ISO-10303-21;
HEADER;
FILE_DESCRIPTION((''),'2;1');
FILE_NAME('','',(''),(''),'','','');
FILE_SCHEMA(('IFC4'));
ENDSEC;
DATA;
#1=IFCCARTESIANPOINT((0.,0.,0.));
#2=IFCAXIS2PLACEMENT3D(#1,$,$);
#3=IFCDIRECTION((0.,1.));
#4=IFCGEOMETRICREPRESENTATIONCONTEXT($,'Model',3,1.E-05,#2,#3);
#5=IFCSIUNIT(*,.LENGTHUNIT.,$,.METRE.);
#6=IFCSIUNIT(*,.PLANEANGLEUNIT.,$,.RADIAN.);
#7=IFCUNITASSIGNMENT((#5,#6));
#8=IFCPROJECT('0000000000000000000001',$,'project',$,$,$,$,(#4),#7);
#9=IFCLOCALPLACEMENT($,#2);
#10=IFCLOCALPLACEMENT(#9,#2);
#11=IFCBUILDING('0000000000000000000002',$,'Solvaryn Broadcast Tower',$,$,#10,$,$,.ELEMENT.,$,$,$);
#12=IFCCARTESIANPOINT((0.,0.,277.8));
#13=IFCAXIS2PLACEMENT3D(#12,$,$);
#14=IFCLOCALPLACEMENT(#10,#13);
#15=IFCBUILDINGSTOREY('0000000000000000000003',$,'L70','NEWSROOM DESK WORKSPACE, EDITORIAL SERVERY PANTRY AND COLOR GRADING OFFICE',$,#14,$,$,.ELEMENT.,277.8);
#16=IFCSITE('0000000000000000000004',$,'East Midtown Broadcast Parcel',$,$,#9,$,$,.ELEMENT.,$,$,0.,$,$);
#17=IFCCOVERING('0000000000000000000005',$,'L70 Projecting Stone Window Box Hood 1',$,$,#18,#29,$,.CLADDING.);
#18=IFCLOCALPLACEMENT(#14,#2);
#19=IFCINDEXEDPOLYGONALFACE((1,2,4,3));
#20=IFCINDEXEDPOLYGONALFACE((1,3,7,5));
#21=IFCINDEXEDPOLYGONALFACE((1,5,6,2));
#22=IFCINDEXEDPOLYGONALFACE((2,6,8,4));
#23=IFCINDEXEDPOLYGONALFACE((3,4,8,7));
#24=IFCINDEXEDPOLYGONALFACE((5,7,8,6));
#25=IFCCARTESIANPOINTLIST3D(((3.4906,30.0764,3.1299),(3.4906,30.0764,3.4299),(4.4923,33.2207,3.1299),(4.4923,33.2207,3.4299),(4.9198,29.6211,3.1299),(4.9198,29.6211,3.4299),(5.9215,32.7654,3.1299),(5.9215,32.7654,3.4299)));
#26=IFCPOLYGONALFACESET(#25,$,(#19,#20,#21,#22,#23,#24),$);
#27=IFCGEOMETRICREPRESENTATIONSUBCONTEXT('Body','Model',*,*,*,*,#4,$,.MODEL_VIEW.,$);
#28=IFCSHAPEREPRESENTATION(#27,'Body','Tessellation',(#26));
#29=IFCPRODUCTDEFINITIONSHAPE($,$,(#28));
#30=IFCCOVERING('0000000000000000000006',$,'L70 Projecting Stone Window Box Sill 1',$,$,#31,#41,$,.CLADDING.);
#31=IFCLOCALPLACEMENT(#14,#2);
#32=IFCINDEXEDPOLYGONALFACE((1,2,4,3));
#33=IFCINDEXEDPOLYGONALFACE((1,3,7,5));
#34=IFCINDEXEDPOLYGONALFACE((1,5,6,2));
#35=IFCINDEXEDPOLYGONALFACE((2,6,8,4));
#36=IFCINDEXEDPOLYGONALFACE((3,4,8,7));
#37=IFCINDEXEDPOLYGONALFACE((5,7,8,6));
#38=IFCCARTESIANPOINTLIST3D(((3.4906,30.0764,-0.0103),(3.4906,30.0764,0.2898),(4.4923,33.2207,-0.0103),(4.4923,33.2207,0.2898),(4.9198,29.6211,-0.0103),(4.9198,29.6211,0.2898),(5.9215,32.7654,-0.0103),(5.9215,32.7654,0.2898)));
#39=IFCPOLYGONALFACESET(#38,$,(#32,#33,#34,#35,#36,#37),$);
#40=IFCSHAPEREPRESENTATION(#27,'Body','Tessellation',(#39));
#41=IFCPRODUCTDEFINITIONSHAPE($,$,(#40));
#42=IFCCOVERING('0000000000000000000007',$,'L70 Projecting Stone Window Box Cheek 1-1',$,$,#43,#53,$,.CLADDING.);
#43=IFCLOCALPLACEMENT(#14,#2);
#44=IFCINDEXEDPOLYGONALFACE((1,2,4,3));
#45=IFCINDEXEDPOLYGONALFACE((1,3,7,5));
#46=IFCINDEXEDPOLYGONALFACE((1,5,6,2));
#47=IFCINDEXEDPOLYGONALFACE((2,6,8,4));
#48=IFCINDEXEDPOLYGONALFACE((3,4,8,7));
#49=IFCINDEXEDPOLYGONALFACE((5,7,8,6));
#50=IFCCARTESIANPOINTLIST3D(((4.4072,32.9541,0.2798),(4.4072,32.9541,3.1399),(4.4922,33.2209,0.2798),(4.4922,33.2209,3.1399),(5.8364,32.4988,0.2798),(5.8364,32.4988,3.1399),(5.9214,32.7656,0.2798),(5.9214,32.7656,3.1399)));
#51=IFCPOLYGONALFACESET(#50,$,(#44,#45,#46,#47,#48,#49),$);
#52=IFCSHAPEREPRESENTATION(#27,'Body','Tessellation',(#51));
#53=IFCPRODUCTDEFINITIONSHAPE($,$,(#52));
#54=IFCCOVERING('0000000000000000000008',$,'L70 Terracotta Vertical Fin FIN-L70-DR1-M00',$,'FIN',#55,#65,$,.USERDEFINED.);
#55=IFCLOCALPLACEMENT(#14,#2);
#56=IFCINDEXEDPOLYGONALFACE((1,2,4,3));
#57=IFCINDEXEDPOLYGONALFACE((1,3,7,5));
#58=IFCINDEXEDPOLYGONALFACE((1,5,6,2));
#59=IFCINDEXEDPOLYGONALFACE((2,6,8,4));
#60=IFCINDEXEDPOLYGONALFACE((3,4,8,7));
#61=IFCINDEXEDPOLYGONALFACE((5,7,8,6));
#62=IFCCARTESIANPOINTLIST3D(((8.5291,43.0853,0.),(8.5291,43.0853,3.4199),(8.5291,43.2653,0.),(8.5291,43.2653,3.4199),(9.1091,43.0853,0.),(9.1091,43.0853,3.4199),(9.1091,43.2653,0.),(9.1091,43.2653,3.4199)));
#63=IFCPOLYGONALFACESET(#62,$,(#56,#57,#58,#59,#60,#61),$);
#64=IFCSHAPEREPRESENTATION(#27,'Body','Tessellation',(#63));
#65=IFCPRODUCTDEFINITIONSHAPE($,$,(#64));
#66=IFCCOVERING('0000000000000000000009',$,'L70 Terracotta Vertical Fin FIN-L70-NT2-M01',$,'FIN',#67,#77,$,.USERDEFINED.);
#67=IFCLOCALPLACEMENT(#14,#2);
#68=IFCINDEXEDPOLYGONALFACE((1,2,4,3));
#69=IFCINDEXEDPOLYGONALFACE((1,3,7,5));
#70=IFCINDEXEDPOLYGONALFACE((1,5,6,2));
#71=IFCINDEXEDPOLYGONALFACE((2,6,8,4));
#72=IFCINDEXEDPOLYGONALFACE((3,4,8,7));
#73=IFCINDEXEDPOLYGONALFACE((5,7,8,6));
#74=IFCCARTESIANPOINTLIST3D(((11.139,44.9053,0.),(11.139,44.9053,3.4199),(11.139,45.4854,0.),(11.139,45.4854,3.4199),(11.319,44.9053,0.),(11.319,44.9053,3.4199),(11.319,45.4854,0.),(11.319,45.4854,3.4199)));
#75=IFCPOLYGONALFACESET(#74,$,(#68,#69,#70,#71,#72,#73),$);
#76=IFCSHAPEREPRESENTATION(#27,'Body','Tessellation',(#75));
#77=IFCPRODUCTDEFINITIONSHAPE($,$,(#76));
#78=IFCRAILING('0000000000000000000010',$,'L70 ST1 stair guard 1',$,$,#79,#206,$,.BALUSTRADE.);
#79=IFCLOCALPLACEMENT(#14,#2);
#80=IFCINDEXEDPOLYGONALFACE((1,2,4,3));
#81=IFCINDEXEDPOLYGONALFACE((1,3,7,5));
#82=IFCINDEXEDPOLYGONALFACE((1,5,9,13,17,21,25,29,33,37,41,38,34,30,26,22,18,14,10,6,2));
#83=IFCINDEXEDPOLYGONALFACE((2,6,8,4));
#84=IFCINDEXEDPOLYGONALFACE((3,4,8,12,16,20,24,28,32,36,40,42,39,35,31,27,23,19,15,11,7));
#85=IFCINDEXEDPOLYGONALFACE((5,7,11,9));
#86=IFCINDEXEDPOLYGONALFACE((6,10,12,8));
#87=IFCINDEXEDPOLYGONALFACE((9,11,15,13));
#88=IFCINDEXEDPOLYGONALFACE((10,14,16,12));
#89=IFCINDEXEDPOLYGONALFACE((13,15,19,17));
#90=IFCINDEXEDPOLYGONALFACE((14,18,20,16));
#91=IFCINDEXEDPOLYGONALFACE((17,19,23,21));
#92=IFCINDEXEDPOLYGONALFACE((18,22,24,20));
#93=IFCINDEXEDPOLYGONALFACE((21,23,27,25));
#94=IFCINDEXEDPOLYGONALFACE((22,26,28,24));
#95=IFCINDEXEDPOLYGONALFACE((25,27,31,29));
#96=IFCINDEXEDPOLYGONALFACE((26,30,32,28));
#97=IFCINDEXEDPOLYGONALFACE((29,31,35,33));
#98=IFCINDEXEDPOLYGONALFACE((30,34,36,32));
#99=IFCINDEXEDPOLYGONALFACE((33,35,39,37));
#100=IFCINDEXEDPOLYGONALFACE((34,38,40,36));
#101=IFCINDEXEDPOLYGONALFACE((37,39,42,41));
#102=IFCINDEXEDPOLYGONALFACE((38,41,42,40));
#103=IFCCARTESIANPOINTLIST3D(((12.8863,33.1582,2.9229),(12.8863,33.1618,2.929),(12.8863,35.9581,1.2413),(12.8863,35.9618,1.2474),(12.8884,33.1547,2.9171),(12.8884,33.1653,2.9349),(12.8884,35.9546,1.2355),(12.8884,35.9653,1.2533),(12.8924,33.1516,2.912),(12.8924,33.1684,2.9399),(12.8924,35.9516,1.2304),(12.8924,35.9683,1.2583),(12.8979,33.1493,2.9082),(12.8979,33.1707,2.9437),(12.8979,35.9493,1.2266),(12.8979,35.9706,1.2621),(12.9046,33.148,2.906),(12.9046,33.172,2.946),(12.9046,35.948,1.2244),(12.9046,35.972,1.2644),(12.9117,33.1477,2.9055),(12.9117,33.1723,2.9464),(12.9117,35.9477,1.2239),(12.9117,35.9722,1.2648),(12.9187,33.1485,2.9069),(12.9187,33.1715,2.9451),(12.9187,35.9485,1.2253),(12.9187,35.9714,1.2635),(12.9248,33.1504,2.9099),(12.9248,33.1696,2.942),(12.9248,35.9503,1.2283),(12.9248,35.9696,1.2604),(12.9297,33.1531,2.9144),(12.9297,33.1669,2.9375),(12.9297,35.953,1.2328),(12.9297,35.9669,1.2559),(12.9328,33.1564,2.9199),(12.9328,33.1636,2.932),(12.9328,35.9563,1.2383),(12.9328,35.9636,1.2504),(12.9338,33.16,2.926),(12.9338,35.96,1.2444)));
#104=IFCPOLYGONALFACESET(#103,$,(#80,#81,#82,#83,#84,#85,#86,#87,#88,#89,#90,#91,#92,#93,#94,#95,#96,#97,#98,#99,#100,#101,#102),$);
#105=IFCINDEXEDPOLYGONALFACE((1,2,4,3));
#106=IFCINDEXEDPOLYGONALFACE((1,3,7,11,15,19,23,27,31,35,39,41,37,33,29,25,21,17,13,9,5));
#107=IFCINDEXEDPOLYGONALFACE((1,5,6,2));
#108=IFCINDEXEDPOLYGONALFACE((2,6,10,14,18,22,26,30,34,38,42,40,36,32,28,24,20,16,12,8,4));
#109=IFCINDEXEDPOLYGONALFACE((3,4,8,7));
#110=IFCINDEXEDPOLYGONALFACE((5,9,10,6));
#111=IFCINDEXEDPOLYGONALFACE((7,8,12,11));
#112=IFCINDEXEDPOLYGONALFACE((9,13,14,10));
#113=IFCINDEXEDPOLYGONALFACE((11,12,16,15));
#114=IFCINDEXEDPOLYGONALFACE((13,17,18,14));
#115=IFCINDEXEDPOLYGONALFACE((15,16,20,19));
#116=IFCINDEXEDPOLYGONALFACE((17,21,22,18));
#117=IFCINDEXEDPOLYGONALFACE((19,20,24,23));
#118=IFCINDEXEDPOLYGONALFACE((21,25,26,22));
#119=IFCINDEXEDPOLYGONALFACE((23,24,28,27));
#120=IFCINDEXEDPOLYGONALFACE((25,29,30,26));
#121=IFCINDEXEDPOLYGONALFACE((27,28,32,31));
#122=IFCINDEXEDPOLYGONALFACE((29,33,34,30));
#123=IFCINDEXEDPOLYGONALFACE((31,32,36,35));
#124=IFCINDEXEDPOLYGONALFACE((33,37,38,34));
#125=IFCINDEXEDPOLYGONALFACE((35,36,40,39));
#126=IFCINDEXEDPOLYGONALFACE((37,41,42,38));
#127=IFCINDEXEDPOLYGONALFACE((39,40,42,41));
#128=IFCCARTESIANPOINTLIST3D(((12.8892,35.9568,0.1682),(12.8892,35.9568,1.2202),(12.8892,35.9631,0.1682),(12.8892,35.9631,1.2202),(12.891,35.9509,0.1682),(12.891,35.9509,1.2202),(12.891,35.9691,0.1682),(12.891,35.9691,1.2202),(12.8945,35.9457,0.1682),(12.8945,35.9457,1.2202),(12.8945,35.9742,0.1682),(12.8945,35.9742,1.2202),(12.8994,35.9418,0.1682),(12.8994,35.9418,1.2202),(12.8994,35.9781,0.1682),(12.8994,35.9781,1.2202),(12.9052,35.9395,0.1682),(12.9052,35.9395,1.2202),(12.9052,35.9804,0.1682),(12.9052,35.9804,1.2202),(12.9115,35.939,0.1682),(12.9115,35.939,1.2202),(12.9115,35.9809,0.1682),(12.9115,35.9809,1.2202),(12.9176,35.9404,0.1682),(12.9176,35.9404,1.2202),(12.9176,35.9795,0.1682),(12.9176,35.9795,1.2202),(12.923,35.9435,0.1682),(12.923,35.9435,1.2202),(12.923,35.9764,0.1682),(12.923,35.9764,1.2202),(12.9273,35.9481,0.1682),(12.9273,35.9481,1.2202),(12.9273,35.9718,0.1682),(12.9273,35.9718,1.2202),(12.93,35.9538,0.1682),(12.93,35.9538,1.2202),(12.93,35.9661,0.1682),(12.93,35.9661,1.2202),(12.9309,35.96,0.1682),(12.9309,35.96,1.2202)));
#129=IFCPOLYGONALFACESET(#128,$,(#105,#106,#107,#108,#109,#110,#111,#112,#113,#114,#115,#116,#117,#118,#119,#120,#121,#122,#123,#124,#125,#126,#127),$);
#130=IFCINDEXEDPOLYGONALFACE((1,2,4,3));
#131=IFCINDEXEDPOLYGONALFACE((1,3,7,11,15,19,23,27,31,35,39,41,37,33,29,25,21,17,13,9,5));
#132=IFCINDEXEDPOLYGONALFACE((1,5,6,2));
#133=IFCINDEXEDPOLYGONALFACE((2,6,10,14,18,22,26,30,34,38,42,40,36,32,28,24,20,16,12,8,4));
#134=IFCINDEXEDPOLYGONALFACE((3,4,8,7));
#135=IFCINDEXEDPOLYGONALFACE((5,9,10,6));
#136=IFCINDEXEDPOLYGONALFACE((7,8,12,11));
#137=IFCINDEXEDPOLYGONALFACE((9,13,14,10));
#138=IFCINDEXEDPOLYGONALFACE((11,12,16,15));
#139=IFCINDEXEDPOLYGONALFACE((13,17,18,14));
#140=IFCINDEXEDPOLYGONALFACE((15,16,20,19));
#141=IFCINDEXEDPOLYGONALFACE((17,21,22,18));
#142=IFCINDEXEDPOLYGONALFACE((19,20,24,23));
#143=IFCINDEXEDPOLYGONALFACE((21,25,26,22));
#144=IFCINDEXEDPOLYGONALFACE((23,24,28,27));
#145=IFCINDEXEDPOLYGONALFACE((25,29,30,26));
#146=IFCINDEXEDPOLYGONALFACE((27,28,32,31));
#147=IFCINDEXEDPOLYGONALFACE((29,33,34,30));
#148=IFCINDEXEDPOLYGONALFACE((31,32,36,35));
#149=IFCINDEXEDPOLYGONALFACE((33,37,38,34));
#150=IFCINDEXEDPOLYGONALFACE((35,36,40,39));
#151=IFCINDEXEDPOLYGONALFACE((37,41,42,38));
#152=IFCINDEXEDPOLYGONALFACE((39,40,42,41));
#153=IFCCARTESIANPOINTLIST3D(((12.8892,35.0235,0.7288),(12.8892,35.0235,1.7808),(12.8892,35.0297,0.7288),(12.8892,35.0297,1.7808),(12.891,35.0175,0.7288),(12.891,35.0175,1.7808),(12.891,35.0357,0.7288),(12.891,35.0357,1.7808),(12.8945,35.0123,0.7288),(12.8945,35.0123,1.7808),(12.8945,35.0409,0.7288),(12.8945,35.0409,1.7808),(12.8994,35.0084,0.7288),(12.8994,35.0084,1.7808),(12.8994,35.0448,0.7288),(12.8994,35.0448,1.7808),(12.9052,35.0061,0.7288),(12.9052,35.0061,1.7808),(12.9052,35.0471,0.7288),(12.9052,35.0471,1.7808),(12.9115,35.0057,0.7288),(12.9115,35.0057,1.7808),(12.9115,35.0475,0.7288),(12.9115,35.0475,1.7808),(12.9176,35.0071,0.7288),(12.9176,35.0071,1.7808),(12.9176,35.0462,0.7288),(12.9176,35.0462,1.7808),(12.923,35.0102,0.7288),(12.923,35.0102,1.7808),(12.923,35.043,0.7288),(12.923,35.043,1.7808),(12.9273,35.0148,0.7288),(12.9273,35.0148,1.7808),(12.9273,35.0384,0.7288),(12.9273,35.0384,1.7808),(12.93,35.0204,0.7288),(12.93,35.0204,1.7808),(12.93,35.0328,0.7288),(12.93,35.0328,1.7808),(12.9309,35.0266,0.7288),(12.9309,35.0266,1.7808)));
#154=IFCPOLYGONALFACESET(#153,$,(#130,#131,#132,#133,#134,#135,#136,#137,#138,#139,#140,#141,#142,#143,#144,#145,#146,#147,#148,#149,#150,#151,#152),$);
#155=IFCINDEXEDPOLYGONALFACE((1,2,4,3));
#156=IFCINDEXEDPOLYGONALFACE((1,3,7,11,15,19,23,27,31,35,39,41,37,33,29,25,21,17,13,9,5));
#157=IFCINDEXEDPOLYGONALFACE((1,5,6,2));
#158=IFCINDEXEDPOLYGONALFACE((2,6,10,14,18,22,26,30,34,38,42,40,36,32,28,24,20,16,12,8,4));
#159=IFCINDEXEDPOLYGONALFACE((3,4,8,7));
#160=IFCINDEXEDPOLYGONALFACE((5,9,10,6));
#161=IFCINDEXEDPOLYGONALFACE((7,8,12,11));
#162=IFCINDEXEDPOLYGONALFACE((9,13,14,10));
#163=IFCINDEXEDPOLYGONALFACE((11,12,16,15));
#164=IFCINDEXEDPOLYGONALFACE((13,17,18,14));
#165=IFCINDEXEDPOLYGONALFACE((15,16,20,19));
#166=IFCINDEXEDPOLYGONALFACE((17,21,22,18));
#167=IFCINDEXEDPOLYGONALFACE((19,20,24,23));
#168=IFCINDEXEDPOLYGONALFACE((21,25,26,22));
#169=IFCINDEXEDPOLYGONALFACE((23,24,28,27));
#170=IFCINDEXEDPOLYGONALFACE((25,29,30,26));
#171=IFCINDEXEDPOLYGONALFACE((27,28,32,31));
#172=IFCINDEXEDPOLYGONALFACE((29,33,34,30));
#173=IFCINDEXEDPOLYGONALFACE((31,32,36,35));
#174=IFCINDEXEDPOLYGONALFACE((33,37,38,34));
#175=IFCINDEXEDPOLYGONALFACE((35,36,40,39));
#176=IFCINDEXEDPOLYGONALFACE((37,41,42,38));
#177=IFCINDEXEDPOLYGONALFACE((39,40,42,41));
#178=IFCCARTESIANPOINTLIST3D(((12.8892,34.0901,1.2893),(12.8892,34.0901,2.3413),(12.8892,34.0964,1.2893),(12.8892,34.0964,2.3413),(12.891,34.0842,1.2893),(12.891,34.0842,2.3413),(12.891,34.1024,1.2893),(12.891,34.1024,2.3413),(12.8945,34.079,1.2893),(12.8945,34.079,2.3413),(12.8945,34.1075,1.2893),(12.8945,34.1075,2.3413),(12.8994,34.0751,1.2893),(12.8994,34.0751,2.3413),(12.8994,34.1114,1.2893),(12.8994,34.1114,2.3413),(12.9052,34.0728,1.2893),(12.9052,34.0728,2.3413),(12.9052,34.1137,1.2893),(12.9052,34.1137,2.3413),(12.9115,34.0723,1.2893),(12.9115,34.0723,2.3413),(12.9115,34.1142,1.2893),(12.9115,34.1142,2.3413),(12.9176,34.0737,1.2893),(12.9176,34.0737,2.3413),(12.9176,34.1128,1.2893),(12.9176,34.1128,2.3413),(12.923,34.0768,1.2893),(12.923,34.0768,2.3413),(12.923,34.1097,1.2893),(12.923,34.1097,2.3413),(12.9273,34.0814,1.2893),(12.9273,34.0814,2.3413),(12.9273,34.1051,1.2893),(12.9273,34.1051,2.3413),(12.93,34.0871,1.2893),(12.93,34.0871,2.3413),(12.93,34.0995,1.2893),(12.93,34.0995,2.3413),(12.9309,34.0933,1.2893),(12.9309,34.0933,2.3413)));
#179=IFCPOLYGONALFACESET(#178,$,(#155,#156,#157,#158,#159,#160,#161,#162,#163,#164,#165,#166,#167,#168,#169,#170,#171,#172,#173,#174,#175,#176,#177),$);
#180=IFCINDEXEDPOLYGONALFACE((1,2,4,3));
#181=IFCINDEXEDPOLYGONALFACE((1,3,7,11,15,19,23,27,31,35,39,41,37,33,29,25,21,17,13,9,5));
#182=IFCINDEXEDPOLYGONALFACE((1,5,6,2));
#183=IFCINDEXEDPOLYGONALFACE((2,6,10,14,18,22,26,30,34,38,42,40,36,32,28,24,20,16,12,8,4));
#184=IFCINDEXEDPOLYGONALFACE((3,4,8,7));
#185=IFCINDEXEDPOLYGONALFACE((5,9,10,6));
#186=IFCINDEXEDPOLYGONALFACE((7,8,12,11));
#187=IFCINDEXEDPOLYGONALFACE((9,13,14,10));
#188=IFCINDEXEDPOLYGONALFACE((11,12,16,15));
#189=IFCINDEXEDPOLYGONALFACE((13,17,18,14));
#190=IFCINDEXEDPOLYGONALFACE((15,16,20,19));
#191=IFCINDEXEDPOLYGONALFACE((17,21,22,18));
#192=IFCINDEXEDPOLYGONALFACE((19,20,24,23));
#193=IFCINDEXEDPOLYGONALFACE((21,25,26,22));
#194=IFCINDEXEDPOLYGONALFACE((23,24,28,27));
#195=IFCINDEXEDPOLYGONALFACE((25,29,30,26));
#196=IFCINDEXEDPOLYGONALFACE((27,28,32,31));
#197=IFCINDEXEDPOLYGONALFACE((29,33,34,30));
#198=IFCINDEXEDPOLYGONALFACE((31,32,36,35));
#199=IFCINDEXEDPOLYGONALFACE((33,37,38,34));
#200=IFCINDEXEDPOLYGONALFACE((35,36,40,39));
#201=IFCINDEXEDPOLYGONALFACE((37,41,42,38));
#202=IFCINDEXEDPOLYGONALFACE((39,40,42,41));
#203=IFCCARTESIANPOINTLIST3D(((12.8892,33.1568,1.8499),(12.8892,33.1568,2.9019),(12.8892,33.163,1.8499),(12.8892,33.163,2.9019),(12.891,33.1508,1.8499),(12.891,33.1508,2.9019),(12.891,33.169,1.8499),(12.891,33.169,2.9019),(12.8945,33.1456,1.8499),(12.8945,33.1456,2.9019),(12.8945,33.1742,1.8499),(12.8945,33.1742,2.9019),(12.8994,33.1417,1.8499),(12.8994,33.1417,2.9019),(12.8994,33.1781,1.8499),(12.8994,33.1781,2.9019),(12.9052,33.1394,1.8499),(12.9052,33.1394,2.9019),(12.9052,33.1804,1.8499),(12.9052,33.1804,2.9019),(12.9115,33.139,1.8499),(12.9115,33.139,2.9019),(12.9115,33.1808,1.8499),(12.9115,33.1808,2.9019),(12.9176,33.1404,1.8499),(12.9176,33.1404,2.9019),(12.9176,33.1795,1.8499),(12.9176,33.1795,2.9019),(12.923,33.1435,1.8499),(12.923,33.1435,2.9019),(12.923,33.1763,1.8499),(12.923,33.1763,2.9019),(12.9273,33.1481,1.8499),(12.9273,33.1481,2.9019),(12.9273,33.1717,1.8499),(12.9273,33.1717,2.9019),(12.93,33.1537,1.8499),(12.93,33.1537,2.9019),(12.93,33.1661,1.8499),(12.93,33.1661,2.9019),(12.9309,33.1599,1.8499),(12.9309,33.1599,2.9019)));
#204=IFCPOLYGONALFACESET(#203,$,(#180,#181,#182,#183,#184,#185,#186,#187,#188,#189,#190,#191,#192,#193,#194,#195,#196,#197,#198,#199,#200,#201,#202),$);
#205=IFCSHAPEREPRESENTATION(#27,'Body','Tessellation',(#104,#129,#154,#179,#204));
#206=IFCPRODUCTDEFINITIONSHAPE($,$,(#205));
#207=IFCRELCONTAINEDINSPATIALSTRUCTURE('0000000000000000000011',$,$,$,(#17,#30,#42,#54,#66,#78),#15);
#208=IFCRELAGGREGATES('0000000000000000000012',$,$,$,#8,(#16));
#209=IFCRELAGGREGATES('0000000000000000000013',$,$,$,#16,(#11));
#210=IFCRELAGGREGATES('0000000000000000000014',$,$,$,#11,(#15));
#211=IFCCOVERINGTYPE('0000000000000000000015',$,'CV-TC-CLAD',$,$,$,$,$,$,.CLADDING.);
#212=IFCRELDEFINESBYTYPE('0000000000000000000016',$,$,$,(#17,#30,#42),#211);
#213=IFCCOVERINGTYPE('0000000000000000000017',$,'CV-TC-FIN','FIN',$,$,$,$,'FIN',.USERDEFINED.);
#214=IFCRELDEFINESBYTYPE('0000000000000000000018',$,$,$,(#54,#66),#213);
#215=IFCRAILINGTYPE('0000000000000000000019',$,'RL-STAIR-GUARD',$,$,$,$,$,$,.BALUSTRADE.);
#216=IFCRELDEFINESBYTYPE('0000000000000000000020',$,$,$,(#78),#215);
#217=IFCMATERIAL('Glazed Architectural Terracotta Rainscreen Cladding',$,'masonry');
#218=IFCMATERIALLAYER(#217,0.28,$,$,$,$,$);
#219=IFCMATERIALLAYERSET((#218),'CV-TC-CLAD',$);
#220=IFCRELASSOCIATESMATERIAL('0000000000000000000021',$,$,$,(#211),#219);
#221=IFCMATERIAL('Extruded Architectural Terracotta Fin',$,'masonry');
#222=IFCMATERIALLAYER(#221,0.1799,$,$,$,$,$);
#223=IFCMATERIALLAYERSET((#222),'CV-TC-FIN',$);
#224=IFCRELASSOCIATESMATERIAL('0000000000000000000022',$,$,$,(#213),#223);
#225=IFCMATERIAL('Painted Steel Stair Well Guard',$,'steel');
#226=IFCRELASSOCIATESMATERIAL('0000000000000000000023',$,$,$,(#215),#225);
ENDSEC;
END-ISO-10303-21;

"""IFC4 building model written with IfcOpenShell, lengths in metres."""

from ifc_helpers import new_model, si_unit, direction, frame, origin, origin_2d, place, context, subcontext, project, spatial, rectangle, circle, extrude, material, layer, layer_set, type_object, element, save


model = new_model("IFC4")

# Units and contexts
model_context = context("Model", 3, precision=1e-05, world=origin(), true_north=direction((0.0, 1.0)))
body_context = subcontext(model_context, "Body", "Model", "MODEL_VIEW")
ifc_project = project(units=[si_unit("LENGTHUNIT", "METRE"), si_unit("PLANEANGLEUNIT", "RADIAN")], contexts=[model_context])

# Site, building, storey
site_placement = place(None, origin())
site = spatial("IfcSite", under=ifc_project, at=site_placement, Name="East Midtown Broadcast Parcel", CompositionType="ELEMENT", RefElevation=0.0)
building_placement = place(site_placement, origin())
building = spatial("IfcBuilding", under=site, at=building_placement, Name="Solvaryn Broadcast Tower", CompositionType="ELEMENT")
storey_placement = place(building_placement, frame((0.0, 0.0, 277.8)))
storey = spatial("IfcBuildingStorey", under=building, at=storey_placement, Name="L70", Description="NEWSROOM DESK WORKSPACE, EDITORIAL SERVERY PANTRY AND COLOR GRADING OFFICE", CompositionType="ELEMENT", Elevation=277.8)

# Coverings
ifc_material_1 = material(Name="Glazed Architectural Terracotta Rainscreen Cladding", Category="masonry")
ifc_layer_1 = layer(ifc_material_1, 0.28)
ifc_layer_set_1 = layer_set([ifc_layer_1], Name="CV-TC-CLAD")
covering_type_1 = type_object("IfcCoveringType", Name="CV-TC-CLAD", PredefinedType="CLADDING", material=ifc_layer_set_1)
for number, where, z_axis, x_axis, name in (
    (1, (4.7061, 31.4209, 3.1299), (0.0, 0.0, 1.0), (-0.303534, -0.952821, 0.0), "L70 Projecting Stone Window Box Hood 1"),
    (2, (4.7061, 31.4209, -0.0103), (0.0, 0.0, 1.0), (-0.303534, -0.952821, 0.0), "L70 Projecting Stone Window Box Sill 1"),
):
    element("IfcCovering", number, at=place(storey_placement, frame(where, z_axis=z_axis, x_axis=x_axis)), inside=storey, type_object=covering_type_1, Name=name, PredefinedType="CLADDING", context=body_context, shape_type="SweptSolid", body=[
        extrude(rectangle(XDim=3.3, YDim=1.5, at=origin_2d()), origin(), (0.0, 0.0, 1.0), 0.3),
    ])
covering_1_placement = place(storey_placement, frame((5.1643, 32.8599, 0.2798), z_axis=(0.0, 0.0, 1.0), x_axis=(-0.303534, -0.952821, 0.0)))
element("IfcCovering", 3, at=covering_1_placement, inside=storey, type_object=covering_type_1, Name="L70 Projecting Stone Window Box Cheek 1-1", PredefinedType="CLADDING", context=body_context, shape_type="SweptSolid", body=[
    extrude(rectangle(XDim=0.28, YDim=1.5, at=origin_2d()), origin(), (0.0, 0.0, 1.0), 2.8601),
])
ifc_material_2 = material(Name="Extruded Architectural Terracotta Fin", Category="masonry")
ifc_layer_2 = layer(ifc_material_2, 0.1799)
ifc_layer_set_2 = layer_set([ifc_layer_2], Name="CV-TC-FIN")
covering_type_2 = type_object("IfcCoveringType", Name="CV-TC-FIN", Description="FIN", ElementType="FIN", PredefinedType="USERDEFINED", material=ifc_layer_set_2)
covering_2_placement = place(storey_placement, frame((8.8191, 43.1753, 0.0), z_axis=(0.0, 0.0, 1.0), x_axis=(1.0, 0.0, 0.0)))
element("IfcCovering", 4, at=covering_2_placement, inside=storey, type_object=covering_type_2, Name="L70 Terracotta Vertical Fin FIN-L70-DR1-M00", ObjectType="FIN", PredefinedType="USERDEFINED", context=body_context, shape_type="SweptSolid", body=[
    extrude(rectangle(XDim=0.5801, YDim=0.1799, at=origin_2d()), origin(), (0.0, 0.0, 1.0), 3.4199),
])
covering_3_placement = place(storey_placement, frame((11.229, 45.1953, 0.0), z_axis=(0.0, 0.0, 1.0), x_axis=(1.0, 0.0, 0.0)))
element("IfcCovering", 5, at=covering_3_placement, inside=storey, type_object=covering_type_2, Name="L70 Terracotta Vertical Fin FIN-L70-NT2-M01", ObjectType="FIN", PredefinedType="USERDEFINED", context=body_context, shape_type="SweptSolid", body=[
    extrude(rectangle(XDim=0.1799, YDim=0.5801, at=origin_2d()), origin(), (0.0, 0.0, 1.0), 3.4199),
])

# Railing
ifc_material_3 = material(Name="Painted Steel Stair Well Guard", Category="steel")
railing_type_1 = type_object("IfcRailingType", Name="RL-STAIR-GUARD", PredefinedType="BALUSTRADE", material=ifc_material_3)
railing_1_placement = place(storey_placement, frame((12.9099, 35.96, 0.1682)))
element("IfcRailing", 6, at=railing_1_placement, inside=storey, type_object=railing_type_1, Name="L70 ST1 stair guard 1", PredefinedType="BALUSTRADE", context=body_context, shape_type="SweptSolid", body=[
    extrude(circle(Radius=0.0239, at=origin_2d()), frame((0.0, 0.0, 1.0762), z_axis=(0.0, -0.857275, 0.514858), x_axis=(1.0, 0.0, 0.0)), (0.0, 0.0, 1.0), 3.2661),
    extrude(circle(Radius=0.021, at=origin_2d()), origin(), (0.0, 0.0, 1.0), 1.052),
    extrude(circle(Radius=0.021, at=origin_2d()), frame((0.0, -0.9333, 0.5605)), (0.0, 0.0, 1.0), 1.052),
    extrude(circle(Radius=0.021, at=origin_2d()), frame((0.0, -1.8667, 1.1211)), (0.0, 0.0, 1.0), 1.052),
    extrude(circle(Radius=0.021, at=origin_2d()), frame((0.0, -2.8, 1.6816)), (0.0, 0.0, 1.0), 1.052),
])

save(model, "model.ifc")
